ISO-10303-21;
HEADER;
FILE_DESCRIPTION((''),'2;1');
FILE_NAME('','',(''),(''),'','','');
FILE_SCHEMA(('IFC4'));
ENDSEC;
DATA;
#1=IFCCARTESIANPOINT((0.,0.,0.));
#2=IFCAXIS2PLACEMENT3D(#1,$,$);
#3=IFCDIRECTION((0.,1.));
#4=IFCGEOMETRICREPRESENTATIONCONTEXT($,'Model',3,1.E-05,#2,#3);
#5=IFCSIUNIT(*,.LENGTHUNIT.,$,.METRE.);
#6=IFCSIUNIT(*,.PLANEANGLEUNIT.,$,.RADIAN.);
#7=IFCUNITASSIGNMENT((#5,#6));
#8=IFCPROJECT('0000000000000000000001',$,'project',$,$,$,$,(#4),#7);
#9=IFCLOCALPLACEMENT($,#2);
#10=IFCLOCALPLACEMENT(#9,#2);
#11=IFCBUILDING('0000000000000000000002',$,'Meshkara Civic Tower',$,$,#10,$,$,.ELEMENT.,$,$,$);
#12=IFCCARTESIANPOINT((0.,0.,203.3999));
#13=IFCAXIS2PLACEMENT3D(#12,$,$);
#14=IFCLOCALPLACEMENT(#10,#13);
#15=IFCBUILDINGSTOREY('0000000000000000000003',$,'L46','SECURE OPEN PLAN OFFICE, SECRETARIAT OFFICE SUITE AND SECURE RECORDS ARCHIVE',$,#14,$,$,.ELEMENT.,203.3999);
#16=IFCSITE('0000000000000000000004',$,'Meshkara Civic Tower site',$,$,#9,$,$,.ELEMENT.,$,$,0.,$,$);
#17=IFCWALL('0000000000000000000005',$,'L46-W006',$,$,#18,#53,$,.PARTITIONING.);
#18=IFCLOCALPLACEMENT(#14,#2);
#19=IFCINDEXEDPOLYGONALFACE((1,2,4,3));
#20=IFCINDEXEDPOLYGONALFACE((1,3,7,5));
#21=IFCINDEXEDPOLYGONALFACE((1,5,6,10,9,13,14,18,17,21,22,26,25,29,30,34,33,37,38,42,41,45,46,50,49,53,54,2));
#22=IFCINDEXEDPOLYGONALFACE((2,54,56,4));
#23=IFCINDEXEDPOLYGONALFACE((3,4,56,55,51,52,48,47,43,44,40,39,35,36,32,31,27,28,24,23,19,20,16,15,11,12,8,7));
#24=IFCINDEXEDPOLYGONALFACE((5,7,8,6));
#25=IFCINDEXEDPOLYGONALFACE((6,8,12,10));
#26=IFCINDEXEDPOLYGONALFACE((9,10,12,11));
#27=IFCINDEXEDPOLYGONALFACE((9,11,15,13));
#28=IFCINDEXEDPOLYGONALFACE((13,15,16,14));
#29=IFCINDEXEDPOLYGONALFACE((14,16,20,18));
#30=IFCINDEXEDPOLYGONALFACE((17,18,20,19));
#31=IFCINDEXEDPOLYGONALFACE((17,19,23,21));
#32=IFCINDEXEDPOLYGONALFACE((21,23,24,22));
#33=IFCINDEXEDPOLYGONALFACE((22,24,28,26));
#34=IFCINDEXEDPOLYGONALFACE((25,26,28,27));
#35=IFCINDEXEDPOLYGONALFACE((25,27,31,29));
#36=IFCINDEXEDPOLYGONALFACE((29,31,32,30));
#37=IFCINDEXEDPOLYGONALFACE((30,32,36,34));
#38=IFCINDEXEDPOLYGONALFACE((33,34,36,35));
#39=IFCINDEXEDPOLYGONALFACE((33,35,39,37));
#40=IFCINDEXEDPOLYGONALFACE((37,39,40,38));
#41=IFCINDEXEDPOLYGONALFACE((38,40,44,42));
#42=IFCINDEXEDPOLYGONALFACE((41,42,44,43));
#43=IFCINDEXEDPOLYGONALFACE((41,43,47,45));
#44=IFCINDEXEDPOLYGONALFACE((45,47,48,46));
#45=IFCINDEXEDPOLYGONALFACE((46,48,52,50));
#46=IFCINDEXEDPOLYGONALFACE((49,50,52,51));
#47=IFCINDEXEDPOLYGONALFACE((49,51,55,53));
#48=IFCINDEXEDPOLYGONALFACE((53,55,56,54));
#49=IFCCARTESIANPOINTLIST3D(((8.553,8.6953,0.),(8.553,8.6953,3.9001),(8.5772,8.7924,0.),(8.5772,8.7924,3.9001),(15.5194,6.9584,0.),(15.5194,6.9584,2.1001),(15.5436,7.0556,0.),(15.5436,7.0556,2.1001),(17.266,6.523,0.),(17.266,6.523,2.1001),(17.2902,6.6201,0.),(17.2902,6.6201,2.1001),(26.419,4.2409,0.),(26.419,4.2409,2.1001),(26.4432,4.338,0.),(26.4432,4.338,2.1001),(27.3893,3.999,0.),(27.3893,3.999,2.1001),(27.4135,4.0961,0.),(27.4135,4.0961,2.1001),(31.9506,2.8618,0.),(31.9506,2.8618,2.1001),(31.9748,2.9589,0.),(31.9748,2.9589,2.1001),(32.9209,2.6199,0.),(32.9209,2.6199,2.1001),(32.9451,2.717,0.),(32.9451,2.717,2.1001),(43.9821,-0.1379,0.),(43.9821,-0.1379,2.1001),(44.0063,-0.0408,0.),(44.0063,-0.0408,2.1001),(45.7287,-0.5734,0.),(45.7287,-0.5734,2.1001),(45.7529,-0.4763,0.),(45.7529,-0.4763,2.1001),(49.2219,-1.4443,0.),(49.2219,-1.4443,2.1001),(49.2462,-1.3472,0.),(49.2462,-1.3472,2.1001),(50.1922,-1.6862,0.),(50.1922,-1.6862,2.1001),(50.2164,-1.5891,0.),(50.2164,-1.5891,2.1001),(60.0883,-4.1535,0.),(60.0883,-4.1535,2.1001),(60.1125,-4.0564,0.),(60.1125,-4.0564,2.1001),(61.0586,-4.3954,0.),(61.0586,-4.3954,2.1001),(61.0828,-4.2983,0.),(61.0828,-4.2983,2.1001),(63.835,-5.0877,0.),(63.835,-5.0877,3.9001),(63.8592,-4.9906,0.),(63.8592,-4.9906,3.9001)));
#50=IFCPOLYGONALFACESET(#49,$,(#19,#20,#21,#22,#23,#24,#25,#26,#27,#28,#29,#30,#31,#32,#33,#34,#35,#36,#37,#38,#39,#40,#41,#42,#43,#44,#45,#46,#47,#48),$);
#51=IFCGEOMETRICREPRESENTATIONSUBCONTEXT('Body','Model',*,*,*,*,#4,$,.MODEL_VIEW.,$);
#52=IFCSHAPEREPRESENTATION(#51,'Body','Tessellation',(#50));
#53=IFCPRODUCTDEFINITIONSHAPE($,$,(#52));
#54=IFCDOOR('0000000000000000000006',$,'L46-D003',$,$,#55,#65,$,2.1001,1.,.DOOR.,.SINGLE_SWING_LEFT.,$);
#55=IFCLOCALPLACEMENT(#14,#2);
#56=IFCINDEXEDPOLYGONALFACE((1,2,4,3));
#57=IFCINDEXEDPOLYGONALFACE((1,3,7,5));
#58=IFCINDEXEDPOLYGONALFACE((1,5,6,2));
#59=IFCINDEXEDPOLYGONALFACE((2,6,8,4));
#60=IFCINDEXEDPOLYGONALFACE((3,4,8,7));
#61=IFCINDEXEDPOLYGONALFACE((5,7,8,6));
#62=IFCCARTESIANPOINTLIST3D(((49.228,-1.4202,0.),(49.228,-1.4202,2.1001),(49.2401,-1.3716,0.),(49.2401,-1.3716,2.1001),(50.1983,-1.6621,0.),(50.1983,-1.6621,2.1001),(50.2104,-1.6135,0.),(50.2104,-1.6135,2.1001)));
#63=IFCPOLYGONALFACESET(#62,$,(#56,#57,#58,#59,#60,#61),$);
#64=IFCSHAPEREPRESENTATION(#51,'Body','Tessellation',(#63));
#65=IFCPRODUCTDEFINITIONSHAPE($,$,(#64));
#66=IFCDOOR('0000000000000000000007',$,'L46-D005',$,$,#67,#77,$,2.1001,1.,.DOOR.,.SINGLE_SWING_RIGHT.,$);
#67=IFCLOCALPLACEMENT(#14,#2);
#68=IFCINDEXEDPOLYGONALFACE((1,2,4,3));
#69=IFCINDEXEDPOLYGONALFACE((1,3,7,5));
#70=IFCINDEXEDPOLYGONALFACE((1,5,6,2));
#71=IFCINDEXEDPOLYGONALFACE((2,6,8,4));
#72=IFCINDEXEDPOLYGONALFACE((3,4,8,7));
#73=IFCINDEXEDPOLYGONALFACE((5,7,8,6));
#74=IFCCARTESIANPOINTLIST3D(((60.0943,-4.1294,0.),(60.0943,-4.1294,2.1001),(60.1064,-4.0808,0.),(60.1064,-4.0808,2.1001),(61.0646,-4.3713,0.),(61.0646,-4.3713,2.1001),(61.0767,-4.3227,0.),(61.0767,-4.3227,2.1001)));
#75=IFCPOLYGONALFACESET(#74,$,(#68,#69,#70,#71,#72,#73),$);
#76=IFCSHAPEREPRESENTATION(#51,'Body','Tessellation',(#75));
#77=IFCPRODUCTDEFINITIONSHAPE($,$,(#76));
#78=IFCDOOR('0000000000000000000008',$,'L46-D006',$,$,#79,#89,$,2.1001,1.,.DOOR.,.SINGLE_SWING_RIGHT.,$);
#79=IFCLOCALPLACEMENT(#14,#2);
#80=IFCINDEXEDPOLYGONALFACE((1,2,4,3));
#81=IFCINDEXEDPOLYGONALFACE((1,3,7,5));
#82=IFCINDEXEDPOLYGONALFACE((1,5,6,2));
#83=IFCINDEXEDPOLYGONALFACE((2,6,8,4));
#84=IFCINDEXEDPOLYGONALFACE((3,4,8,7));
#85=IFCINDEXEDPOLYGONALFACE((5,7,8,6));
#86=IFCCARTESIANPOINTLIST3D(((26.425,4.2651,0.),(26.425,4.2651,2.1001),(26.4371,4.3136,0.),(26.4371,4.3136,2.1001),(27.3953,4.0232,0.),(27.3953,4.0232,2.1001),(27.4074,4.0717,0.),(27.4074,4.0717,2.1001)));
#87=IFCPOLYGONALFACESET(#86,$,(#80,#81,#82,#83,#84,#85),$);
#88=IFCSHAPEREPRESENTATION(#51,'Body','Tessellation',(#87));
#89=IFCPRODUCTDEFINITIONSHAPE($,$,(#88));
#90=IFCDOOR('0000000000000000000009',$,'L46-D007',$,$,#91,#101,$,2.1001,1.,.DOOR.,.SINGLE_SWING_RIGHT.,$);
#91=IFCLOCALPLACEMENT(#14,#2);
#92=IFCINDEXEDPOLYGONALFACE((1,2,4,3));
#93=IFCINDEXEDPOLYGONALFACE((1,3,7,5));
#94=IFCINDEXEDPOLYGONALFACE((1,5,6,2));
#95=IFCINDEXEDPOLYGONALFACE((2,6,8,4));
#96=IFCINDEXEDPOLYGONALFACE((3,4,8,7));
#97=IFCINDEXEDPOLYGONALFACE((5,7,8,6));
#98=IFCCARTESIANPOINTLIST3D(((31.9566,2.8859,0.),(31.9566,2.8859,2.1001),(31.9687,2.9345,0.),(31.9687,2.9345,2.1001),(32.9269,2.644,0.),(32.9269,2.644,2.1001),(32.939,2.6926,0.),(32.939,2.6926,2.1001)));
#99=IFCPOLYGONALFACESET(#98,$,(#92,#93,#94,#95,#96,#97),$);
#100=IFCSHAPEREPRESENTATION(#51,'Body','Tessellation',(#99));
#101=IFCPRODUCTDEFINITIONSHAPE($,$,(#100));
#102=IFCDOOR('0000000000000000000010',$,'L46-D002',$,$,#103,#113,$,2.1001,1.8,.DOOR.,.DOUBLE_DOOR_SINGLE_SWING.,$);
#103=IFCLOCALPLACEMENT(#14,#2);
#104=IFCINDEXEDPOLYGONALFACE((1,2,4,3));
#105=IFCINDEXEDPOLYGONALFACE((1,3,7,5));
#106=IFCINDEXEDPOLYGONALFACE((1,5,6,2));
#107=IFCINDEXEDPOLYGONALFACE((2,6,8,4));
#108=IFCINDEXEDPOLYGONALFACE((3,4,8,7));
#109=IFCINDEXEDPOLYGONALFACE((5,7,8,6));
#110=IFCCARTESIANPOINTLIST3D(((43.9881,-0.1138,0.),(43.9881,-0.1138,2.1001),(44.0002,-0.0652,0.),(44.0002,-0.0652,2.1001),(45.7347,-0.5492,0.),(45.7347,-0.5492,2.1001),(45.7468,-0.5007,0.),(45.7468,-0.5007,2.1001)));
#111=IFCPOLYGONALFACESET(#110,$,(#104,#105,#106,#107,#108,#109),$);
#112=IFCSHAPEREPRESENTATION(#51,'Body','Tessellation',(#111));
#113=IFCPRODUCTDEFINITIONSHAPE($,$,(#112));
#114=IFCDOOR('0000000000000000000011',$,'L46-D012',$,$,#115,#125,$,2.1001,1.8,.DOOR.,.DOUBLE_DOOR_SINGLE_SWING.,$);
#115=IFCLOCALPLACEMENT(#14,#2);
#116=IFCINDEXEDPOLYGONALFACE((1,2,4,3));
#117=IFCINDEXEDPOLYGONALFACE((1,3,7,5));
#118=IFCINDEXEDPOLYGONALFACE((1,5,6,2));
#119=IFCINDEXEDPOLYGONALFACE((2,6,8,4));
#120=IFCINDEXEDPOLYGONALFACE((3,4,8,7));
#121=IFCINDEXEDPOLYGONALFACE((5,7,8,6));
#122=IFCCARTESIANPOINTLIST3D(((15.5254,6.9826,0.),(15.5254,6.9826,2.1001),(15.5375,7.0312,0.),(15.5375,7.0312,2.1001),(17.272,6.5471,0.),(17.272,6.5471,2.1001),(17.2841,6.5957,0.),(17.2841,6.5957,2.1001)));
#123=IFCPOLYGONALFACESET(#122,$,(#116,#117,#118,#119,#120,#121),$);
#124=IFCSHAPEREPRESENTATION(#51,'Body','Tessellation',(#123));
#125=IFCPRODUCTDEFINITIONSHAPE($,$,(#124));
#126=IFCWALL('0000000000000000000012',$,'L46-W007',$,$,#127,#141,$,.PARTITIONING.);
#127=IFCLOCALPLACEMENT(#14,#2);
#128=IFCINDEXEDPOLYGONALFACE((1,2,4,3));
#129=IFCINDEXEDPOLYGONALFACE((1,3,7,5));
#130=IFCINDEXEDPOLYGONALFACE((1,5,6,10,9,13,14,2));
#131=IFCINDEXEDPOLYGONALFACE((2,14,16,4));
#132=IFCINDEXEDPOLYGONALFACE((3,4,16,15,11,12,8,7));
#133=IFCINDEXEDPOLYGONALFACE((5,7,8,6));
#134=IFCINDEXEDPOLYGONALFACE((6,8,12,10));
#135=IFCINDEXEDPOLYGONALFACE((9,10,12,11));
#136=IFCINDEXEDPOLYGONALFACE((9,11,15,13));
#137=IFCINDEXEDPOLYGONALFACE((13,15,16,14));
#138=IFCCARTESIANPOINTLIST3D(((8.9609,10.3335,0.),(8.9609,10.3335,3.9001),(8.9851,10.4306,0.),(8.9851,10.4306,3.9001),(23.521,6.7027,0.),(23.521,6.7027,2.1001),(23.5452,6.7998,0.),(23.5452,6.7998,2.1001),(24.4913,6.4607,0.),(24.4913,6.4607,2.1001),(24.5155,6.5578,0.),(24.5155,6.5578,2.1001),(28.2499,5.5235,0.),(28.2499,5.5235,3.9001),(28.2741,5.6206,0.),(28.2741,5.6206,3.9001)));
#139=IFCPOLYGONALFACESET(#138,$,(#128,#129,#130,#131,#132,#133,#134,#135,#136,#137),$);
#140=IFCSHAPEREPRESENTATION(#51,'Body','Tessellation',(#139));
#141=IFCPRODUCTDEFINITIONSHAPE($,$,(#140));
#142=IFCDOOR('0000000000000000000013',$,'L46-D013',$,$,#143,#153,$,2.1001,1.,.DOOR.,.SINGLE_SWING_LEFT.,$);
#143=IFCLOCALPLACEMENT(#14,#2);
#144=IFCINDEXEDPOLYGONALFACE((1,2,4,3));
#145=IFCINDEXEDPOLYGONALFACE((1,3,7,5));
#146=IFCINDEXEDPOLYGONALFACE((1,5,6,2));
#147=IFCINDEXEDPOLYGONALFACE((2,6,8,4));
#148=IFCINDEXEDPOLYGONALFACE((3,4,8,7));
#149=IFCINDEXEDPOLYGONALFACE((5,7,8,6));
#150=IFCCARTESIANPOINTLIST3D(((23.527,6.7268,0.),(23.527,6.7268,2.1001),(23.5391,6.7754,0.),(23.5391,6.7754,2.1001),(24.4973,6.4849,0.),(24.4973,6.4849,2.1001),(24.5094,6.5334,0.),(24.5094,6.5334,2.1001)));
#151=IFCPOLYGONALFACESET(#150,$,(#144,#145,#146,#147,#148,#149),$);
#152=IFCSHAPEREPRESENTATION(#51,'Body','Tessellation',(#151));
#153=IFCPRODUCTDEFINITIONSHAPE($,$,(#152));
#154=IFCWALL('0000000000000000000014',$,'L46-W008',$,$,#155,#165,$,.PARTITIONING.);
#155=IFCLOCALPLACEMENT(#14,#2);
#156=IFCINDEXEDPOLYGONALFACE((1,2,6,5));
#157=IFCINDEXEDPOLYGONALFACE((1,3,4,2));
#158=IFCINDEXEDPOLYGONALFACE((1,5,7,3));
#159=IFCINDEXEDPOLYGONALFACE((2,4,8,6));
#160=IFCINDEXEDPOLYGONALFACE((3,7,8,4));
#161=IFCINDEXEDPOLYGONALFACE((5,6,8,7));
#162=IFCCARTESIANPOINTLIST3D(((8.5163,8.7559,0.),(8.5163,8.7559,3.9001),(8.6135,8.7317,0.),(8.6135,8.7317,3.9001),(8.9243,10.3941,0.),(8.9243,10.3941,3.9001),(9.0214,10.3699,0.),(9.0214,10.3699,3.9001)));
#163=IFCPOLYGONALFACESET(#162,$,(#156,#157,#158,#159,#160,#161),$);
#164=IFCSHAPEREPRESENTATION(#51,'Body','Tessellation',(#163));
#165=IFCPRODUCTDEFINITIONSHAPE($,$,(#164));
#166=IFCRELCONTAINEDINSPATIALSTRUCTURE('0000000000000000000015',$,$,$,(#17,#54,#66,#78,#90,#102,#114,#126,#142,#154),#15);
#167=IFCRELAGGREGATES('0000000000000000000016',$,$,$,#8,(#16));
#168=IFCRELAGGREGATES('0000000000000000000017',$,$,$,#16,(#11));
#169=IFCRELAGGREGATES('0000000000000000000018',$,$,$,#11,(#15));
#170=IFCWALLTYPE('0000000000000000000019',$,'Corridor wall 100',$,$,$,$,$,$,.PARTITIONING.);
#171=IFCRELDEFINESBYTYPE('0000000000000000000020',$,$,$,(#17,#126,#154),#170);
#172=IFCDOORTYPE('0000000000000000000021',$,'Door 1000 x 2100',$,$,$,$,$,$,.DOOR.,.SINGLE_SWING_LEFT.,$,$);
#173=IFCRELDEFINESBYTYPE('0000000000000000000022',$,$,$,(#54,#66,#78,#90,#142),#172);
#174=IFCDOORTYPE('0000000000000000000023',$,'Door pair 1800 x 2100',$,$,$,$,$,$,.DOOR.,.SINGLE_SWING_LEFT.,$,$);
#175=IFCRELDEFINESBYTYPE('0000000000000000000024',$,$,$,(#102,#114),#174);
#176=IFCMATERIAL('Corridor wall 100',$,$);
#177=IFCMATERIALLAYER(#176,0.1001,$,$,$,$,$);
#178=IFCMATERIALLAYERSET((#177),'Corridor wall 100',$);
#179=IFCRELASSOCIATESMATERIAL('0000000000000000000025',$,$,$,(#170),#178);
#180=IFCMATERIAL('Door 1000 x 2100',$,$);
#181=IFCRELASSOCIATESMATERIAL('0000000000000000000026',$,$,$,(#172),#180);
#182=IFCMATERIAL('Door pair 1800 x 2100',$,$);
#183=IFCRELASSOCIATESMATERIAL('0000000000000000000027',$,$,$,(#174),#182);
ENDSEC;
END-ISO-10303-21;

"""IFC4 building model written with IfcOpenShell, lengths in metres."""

from ifc_helpers import new_model, si_unit, direction, frame, frame_2d, origin, place, context, subcontext, project, spatial, rectangle, extrude, material, layer, layer_set, type_object, element, fill, save


model = new_model("IFC4")

# Units and contexts
model_context = context("Model", 3, precision=1e-05, world=origin(), true_north=direction((0.0, 1.0)))
body_context = subcontext(model_context, "Body", "Model", "MODEL_VIEW")
ifc_project = project(units=[si_unit("LENGTHUNIT", "METRE"), si_unit("PLANEANGLEUNIT", "RADIAN")], contexts=[model_context])

# Site, building, storey
site_placement = place(None, origin())
site = spatial("IfcSite", under=ifc_project, at=site_placement, Name="Meshkara Civic Tower site", CompositionType="ELEMENT", RefElevation=0.0)
building_placement = place(site_placement, origin())
building = spatial("IfcBuilding", under=site, at=building_placement, Name="Meshkara Civic Tower", CompositionType="ELEMENT")
storey_placement = place(building_placement, frame((0.0, 0.0, 203.3999)))
storey = spatial("IfcBuildingStorey", under=building, at=storey_placement, Name="L46", Description="SECURE OPEN PLAN OFFICE, SECRETARIAT OFFICE SUITE AND SECURE RECORDS ARCHIVE", CompositionType="ELEMENT", Elevation=203.3999)

# Wall, openings, doors
ifc_material_1 = material(Name="Corridor wall 100")
ifc_layer_1 = layer(ifc_material_1, 0.1001)
ifc_layer_set_1 = layer_set([ifc_layer_1], Name="Corridor wall 100")
wall_type_1 = type_object("IfcWallType", Name="Corridor wall 100", PredefinedType="PARTITIONING", material=ifc_layer_set_1)
wall_1_placement = place(storey_placement, frame((8.5649, 8.7439, 0.0), z_axis=(0.0, 0.0, 1.0), x_axis=(0.970297, -0.241915, 0.0)))
wall_1 = element("IfcWall", 1, at=wall_1_placement, inside=storey, type_object=wall_type_1, Name="L46-W006", PredefinedType="PARTITIONING", context=body_context, shape_type="SweptSolid", body=[
    extrude(rectangle(XDim=56.9744, YDim=0.1001, at=frame_2d((28.4873, 0.0))), origin(), (0.0, 0.0, 1.0), 3.9001),
])
opening_1_placement = place(wall_1_placement, frame((36.5139, 0.0, 0.0)))
opening_1 = element("IfcOpeningElement", 2, at=opening_1_placement, cuts=wall_1, PredefinedType="OPENING", context=body_context, shape_type="SweptSolid", body=[
    extrude(rectangle(XDim=1.8, YDim=2.1001, at=frame_2d((0.8999, 1.05))), frame((0.0, 0.0601, 0.0), z_axis=(0.0, -1.0, 0.0), x_axis=(1.0, 0.0, 0.0)), (0.0, 0.0, 1.0), 0.1201),
])
opening_2_placement = place(wall_1_placement, frame((41.9141, 0.0, 0.0)))
opening_2 = element("IfcOpeningElement", 3, at=opening_2_placement, cuts=wall_1, PredefinedType="OPENING", context=body_context, shape_type="SweptSolid", body=[
    extrude(rectangle(XDim=1.0, YDim=2.1001, at=frame_2d((0.5, 1.05))), frame((0.0, 0.0601, 0.0), z_axis=(0.0, -1.0, 0.0), x_axis=(1.0, 0.0, 0.0)), (0.0, 0.0, 1.0), 0.1201),
])
opening_3_placement = place(wall_1_placement, frame((53.113, 0.0, 0.0)))
opening_3 = element("IfcOpeningElement", 4, at=opening_3_placement, cuts=wall_1, PredefinedType="OPENING", context=body_context, shape_type="SweptSolid", body=[
    extrude(rectangle(XDim=1.0, YDim=2.1001, at=frame_2d((0.5, 1.05))), frame((0.0, 0.0601, 0.0), z_axis=(0.0, -1.0, 0.0), x_axis=(1.0, 0.0, 0.0)), (0.0, 0.0, 1.0), 0.1201),
])
opening_4_placement = place(wall_1_placement, frame((18.4131, 0.0, 0.0)))
opening_4 = element("IfcOpeningElement", 5, at=opening_4_placement, cuts=wall_1, PredefinedType="OPENING", context=body_context, shape_type="SweptSolid", body=[
    extrude(rectangle(XDim=1.0, YDim=2.1001, at=frame_2d((0.5, 1.05))), frame((0.0, 0.0601, 0.0), z_axis=(0.0, -1.0, 0.0), x_axis=(1.0, 0.0, 0.0)), (0.0, 0.0, 1.0), 0.1201),
])
opening_5_placement = place(wall_1_placement, frame((24.114, 0.0, 0.0)))
opening_5 = element("IfcOpeningElement", 6, at=opening_5_placement, cuts=wall_1, PredefinedType="OPENING", context=body_context, shape_type="SweptSolid", body=[
    extrude(rectangle(XDim=1.0, YDim=2.1001, at=frame_2d((0.5, 1.05))), frame((0.0, 0.0601, 0.0), z_axis=(0.0, -1.0, 0.0), x_axis=(1.0, 0.0, 0.0)), (0.0, 0.0, 1.0), 0.1201),
])
opening_6_placement = place(wall_1_placement, frame((7.1799, 0.0, 0.0)))
opening_6 = element("IfcOpeningElement", 7, at=opening_6_placement, cuts=wall_1, PredefinedType="OPENING", context=body_context, shape_type="SweptSolid", body=[
    extrude(rectangle(XDim=1.8, YDim=2.1001, at=frame_2d((0.8999, 1.05))), frame((0.0, 0.0601, 0.0), z_axis=(0.0, -1.0, 0.0), x_axis=(1.0, 0.0, 0.0)), (0.0, 0.0, 1.0), 0.1201),
])
ifc_material_2 = material(Name="Door 1000 x 2100")
door_type_1 = type_object("IfcDoorType", Name="Door 1000 x 2100", OperationType="SINGLE_SWING_LEFT", PredefinedType="DOOR", material=ifc_material_2)
door_1_placement = place(opening_2_placement, origin())
door_1 = element("IfcDoor", 8, at=door_1_placement, inside=storey, type_object=door_type_1, Name="L46-D003", OperationType="SINGLE_SWING_LEFT", OverallHeight=2.1001, OverallWidth=1.0, PredefinedType="DOOR", context=body_context, shape_type="SweptSolid", body=[
    extrude(rectangle(XDim=1.0, YDim=2.1001, at=frame_2d((0.5, 1.05))), frame((0.0, 0.0249, 0.0), z_axis=(0.0, -1.0, 0.0), x_axis=(1.0, 0.0, 0.0)), (0.0, 0.0, 1.0), 0.05),
])
fill(opening_2, door_1)
door_2_placement = place(opening_3_placement, origin())
door_2 = element("IfcDoor", 9, at=door_2_placement, inside=storey, type_object=door_type_1, Name="L46-D005", OperationType="SINGLE_SWING_RIGHT", OverallHeight=2.1001, OverallWidth=1.0, PredefinedType="DOOR", context=body_context, shape_type="SweptSolid", body=[
    extrude(rectangle(XDim=1.0, YDim=2.1001, at=frame_2d((0.5, 1.05))), frame((0.0, 0.0249, 0.0), z_axis=(0.0, -1.0, 0.0), x_axis=(1.0, 0.0, 0.0)), (0.0, 0.0, 1.0), 0.05),
])
fill(opening_3, door_2)
door_3_placement = place(opening_4_placement, origin())
door_3 = element("IfcDoor", 10, at=door_3_placement, inside=storey, type_object=door_type_1, Name="L46-D006", OperationType="SINGLE_SWING_RIGHT", OverallHeight=2.1001, OverallWidth=1.0, PredefinedType="DOOR", context=body_context, shape_type="SweptSolid", body=[
    extrude(rectangle(XDim=1.0, YDim=2.1001, at=frame_2d((0.5, 1.05))), frame((0.0, 0.0249, 0.0), z_axis=(0.0, -1.0, 0.0), x_axis=(1.0, 0.0, 0.0)), (0.0, 0.0, 1.0), 0.05),
])
fill(opening_4, door_3)
door_4_placement = place(opening_5_placement, origin())
door_4 = element("IfcDoor", 11, at=door_4_placement, inside=storey, type_object=door_type_1, Name="L46-D007", OperationType="SINGLE_SWING_RIGHT", OverallHeight=2.1001, OverallWidth=1.0, PredefinedType="DOOR", context=body_context, shape_type="SweptSolid", body=[
    extrude(rectangle(XDim=1.0, YDim=2.1001, at=frame_2d((0.5, 1.05))), frame((0.0, 0.0249, 0.0), z_axis=(0.0, -1.0, 0.0), x_axis=(1.0, 0.0, 0.0)), (0.0, 0.0, 1.0), 0.05),
])
fill(opening_5, door_4)
ifc_material_3 = material(Name="Door pair 1800 x 2100")
door_type_2 = type_object("IfcDoorType", Name="Door pair 1800 x 2100", OperationType="SINGLE_SWING_LEFT", PredefinedType="DOOR", material=ifc_material_3)
door_5_placement = place(opening_1_placement, origin())
door_5 = element("IfcDoor", 12, at=door_5_placement, inside=storey, type_object=door_type_2, Name="L46-D002", OperationType="DOUBLE_DOOR_SINGLE_SWING", OverallHeight=2.1001, OverallWidth=1.8, PredefinedType="DOOR", context=body_context, shape_type="SweptSolid", body=[
    extrude(rectangle(XDim=1.8, YDim=2.1001, at=frame_2d((0.8999, 1.05))), frame((0.0, 0.0249, 0.0), z_axis=(0.0, -1.0, 0.0), x_axis=(1.0, 0.0, 0.0)), (0.0, 0.0, 1.0), 0.05),
])
fill(opening_1, door_5)
door_6_placement = place(opening_6_placement, origin())
door_6 = element("IfcDoor", 13, at=door_6_placement, inside=storey, type_object=door_type_2, Name="L46-D012", OperationType="DOUBLE_DOOR_SINGLE_SWING", OverallHeight=2.1001, OverallWidth=1.8, PredefinedType="DOOR", context=body_context, shape_type="SweptSolid", body=[
    extrude(rectangle(XDim=1.8, YDim=2.1001, at=frame_2d((0.8999, 1.05))), frame((0.0, 0.0249, 0.0), z_axis=(0.0, -1.0, 0.0), x_axis=(1.0, 0.0, 0.0)), (0.0, 0.0, 1.0), 0.05),
])
fill(opening_6, door_6)

# Wall, opening, door
wall_2_placement = place(storey_placement, frame((8.9729, 10.3821, 0.0), z_axis=(0.0, 0.0, 1.0), x_axis=(0.970287, -0.241958, 0.0)))
wall_2 = element("IfcWall", 14, at=wall_2_placement, inside=storey, type_object=wall_type_1, Name="L46-W007", PredefinedType="PARTITIONING", context=body_context, shape_type="SweptSolid", body=[
    extrude(rectangle(XDim=19.8796, YDim=0.1001, at=frame_2d((9.9399, 0.0))), origin(), (0.0, 0.0, 1.0), 3.9001),
])
opening_7_placement = place(wall_2_placement, frame((15.0061, 0.0, 0.0)))
opening_7 = element("IfcOpeningElement", 15, at=opening_7_placement, cuts=wall_2, PredefinedType="OPENING", context=body_context, shape_type="SweptSolid", body=[
    extrude(rectangle(XDim=1.0, YDim=2.1001, at=frame_2d((0.5, 1.05))), frame((0.0, 0.0601, 0.0), z_axis=(0.0, -1.0, 0.0), x_axis=(1.0, 0.0, 0.0)), (0.0, 0.0, 1.0), 0.1201),
])
door_7_placement = place(opening_7_placement, origin())
door_7 = element("IfcDoor", 16, at=door_7_placement, inside=storey, type_object=door_type_1, Name="L46-D013", OperationType="SINGLE_SWING_LEFT", OverallHeight=2.1001, OverallWidth=1.0, PredefinedType="DOOR", context=body_context, shape_type="SweptSolid", body=[
    extrude(rectangle(XDim=1.0, YDim=2.1001, at=frame_2d((0.5, 1.05))), frame((0.0, 0.0249, 0.0), z_axis=(0.0, -1.0, 0.0), x_axis=(1.0, 0.0, 0.0)), (0.0, 0.0, 1.0), 0.05),
])
fill(opening_7, door_7)

# Wall
wall_3_placement = place(storey_placement, frame((8.9729, 10.3821, 0.0), z_axis=(0.0, 0.0, 1.0), x_axis=(-0.241651, -0.970363, 0.0)))
element("IfcWall", 17, at=wall_3_placement, inside=storey, type_object=wall_type_1, Name="L46-W008", PredefinedType="PARTITIONING", context=body_context, shape_type="SweptSolid", body=[
    extrude(rectangle(XDim=1.6882, YDim=0.1001, at=frame_2d((0.8442, 0.0))), origin(), (0.0, 0.0, 1.0), 3.9001),
])

save(model, "model.ifc")
